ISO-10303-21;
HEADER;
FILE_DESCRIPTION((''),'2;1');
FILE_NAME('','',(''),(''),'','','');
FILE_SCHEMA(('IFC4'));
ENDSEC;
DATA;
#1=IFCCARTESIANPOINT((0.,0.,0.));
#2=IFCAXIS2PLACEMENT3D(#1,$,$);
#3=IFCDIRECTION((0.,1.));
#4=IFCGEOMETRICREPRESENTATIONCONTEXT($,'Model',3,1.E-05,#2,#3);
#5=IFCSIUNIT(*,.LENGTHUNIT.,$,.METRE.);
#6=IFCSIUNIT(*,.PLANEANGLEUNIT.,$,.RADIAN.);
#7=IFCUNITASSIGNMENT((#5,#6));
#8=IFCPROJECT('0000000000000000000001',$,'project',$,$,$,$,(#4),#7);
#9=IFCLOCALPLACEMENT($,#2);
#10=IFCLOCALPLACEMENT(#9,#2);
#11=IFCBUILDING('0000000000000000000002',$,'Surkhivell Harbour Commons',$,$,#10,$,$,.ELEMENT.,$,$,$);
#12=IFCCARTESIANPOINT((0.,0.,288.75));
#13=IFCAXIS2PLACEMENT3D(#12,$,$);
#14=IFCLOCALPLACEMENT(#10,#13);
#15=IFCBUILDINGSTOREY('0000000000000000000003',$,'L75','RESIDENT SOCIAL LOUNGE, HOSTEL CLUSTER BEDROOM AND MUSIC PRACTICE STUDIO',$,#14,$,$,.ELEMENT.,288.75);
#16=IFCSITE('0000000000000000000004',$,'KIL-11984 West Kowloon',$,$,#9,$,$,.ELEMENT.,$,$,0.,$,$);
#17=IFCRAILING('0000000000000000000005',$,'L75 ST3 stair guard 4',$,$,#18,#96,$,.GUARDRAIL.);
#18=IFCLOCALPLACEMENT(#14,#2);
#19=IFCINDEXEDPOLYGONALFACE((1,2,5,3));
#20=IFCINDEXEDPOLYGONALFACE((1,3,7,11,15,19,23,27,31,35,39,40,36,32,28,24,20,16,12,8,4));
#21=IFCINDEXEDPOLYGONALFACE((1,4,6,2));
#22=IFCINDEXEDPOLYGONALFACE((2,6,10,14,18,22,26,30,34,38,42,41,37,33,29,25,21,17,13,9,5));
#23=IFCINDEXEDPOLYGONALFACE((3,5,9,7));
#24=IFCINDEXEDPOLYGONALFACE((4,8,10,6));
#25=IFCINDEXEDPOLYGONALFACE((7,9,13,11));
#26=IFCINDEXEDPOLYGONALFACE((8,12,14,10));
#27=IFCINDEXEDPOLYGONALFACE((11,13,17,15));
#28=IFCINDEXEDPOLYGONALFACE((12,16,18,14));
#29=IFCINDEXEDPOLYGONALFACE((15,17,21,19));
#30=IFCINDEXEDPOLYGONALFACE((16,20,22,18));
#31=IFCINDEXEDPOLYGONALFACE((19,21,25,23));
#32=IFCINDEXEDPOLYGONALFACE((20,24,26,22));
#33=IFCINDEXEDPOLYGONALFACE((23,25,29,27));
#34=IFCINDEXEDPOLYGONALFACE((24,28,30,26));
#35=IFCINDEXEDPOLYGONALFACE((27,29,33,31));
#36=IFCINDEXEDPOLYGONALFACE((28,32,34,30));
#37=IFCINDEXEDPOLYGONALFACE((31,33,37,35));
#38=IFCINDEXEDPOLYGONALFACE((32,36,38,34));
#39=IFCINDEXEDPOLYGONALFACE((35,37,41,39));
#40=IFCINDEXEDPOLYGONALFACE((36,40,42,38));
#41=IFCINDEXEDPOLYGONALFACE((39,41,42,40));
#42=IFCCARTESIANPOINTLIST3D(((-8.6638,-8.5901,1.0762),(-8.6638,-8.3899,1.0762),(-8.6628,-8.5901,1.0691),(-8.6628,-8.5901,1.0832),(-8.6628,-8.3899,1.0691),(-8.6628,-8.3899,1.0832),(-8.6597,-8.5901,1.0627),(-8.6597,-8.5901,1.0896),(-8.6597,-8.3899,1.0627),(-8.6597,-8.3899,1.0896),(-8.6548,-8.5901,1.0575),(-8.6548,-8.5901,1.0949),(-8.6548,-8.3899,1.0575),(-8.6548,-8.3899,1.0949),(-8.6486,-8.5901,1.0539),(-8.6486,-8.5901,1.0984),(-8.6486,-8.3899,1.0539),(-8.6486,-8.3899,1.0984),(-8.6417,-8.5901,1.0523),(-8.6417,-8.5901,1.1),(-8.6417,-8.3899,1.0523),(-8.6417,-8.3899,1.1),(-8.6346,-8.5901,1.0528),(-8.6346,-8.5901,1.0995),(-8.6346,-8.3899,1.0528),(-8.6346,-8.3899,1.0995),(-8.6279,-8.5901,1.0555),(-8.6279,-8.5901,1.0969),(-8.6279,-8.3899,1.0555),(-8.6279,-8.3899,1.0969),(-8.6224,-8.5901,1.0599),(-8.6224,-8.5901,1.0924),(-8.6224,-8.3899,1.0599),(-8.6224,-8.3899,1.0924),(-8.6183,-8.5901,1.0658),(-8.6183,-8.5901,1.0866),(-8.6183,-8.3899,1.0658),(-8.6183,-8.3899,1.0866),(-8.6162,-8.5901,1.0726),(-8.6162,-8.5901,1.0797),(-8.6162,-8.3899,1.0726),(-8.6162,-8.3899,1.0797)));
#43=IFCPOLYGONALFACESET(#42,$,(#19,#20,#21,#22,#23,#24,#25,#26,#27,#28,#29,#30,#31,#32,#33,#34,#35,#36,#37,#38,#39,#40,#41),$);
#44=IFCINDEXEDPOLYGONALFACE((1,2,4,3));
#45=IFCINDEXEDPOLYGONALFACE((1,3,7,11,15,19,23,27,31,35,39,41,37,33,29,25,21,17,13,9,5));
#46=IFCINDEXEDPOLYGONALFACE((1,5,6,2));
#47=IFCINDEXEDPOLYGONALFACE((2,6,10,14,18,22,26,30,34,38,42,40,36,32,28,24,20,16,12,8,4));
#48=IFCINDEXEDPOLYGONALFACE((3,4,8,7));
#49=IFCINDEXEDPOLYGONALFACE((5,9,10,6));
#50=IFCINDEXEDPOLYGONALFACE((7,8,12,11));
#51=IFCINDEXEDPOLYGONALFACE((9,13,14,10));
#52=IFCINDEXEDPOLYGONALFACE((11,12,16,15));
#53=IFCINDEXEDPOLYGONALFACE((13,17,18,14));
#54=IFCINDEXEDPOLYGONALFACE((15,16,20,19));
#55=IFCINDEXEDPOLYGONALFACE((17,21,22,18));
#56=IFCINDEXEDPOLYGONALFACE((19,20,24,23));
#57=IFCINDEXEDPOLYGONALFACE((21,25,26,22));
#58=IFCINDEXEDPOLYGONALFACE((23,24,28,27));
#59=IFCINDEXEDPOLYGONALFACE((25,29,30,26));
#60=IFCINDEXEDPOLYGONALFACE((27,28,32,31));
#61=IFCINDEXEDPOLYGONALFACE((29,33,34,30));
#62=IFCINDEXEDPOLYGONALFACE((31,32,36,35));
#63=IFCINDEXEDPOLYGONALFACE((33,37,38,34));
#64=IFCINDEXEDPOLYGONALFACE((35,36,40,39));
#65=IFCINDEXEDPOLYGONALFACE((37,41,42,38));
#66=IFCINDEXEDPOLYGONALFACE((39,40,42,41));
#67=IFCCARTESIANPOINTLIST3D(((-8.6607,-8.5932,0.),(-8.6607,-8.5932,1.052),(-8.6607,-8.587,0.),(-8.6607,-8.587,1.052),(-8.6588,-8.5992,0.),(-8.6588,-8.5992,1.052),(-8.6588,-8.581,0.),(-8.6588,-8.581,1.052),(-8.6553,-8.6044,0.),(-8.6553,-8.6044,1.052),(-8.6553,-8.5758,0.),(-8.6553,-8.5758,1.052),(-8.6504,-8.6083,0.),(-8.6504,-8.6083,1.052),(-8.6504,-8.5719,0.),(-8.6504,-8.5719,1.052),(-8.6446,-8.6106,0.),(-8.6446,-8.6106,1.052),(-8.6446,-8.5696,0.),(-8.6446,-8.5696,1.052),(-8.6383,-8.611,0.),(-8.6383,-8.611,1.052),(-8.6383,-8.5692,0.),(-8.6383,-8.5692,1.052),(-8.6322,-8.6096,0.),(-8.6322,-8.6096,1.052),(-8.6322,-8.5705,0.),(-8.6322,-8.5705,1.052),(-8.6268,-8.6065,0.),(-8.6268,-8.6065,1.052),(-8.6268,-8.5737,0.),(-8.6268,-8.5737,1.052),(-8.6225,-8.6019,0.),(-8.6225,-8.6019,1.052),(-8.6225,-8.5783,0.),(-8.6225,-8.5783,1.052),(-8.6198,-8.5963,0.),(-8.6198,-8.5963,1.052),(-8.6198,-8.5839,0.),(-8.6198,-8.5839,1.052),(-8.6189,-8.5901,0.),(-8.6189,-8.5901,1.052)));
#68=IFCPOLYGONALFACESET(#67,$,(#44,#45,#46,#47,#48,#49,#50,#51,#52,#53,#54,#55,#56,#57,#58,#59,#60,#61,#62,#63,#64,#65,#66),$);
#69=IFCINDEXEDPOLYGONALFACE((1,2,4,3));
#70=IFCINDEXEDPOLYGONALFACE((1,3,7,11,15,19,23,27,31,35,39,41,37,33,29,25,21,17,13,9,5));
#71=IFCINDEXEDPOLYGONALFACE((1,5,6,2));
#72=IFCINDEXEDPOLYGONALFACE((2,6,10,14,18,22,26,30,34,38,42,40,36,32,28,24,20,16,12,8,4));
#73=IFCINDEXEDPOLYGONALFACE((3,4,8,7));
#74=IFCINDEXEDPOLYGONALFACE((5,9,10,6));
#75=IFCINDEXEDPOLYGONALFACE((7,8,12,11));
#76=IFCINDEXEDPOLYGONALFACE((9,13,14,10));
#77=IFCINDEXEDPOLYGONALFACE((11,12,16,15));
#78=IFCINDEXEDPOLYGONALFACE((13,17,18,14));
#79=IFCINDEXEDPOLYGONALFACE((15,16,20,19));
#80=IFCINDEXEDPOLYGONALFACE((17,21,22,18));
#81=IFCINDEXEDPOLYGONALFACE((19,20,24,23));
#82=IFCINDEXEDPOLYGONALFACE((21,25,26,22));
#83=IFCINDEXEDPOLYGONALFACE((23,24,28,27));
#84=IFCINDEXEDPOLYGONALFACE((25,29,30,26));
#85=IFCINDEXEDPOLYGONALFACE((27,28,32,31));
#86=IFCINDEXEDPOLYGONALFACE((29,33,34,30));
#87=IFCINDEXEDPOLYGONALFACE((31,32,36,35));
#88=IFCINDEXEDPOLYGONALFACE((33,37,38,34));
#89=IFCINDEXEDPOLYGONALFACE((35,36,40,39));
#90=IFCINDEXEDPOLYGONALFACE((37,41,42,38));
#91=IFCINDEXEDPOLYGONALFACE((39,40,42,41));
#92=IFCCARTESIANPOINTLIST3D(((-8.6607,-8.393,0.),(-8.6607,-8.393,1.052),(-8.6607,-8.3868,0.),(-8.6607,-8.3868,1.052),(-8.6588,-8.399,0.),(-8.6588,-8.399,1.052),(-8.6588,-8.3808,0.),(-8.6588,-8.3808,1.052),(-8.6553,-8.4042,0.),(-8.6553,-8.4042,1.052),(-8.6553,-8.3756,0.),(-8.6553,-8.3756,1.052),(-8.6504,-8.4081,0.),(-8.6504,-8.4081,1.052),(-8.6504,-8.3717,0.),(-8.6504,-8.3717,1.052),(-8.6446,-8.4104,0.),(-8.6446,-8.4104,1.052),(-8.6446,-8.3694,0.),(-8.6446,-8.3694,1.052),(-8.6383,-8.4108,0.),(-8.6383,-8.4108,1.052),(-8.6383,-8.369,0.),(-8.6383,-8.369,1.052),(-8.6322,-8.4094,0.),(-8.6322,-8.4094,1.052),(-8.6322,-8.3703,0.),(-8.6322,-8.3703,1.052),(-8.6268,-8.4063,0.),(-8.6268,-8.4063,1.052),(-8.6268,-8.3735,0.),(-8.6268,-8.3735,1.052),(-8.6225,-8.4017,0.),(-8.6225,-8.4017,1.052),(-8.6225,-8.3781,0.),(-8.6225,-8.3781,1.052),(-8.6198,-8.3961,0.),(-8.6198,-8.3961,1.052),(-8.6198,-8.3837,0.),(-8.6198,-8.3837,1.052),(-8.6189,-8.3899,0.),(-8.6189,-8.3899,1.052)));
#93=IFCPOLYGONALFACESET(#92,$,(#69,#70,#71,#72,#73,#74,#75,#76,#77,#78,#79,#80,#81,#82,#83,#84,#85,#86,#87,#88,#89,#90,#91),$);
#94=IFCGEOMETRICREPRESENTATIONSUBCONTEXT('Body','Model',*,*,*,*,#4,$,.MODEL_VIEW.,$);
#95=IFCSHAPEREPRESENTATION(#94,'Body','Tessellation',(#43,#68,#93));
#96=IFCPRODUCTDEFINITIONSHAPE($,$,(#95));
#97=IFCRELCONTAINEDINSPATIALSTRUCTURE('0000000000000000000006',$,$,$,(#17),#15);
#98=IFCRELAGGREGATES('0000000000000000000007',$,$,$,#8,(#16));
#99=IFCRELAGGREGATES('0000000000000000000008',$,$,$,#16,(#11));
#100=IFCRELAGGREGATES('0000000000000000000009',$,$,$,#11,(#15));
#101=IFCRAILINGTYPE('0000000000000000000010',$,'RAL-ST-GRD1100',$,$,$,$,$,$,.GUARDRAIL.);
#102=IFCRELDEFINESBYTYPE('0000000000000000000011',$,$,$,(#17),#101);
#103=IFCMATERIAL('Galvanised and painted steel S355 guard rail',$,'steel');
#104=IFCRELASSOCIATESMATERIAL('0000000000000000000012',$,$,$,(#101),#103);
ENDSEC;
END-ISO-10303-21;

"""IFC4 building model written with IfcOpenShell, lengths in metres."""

from ifc_helpers import new_model, si_unit, direction, frame, origin, origin_2d, place, context, subcontext, project, spatial, circle, extrude, material, type_object, element, save


model = new_model("IFC4")

# Units and contexts
model_context = context("Model", 3, precision=1e-05, world=origin(), true_north=direction((0.0, 1.0)))
body_context = subcontext(model_context, "Body", "Model", "MODEL_VIEW")
ifc_project = project(units=[si_unit("LENGTHUNIT", "METRE"), si_unit("PLANEANGLEUNIT", "RADIAN")], contexts=[model_context])

# Site, building, storey
site_placement = place(None, origin())
site = spatial("IfcSite", under=ifc_project, at=site_placement, Name="KIL-11984 West Kowloon", CompositionType="ELEMENT", RefElevation=0.0)
building_placement = place(site_placement, origin())
building = spatial("IfcBuilding", under=site, at=building_placement, Name="Surkhivell Harbour Commons", CompositionType="ELEMENT")
storey_placement = place(building_placement, frame((0.0, 0.0, 288.75)))
storey = spatial("IfcBuildingStorey", under=building, at=storey_placement, Name="L75", Description="RESIDENT SOCIAL LOUNGE, HOSTEL CLUSTER BEDROOM AND MUSIC PRACTICE STUDIO", CompositionType="ELEMENT", Elevation=288.75)

# Railing
ifc_material_1 = material(Name="Galvanised and painted steel S355 guard rail", Category="steel")
railing_type_1 = type_object("IfcRailingType", Name="RAL-ST-GRD1100", PredefinedType="GUARDRAIL", material=ifc_material_1)
railing_1_placement = place(storey_placement, frame((-8.6399, -8.5901, 0.0)))
element("IfcRailing", 1, at=railing_1_placement, inside=storey, type_object=railing_type_1, Name="L75 ST3 stair guard 4", PredefinedType="GUARDRAIL", context=body_context, shape_type="SweptSolid", body=[
    extrude(circle(Radius=0.0239, at=origin_2d()), frame((0.0, 0.0, 1.0762), z_axis=(0.0, 1.0, 0.0), x_axis=(-1.0, 0.0, 0.0)), (0.0, 0.0, 1.0), 0.2002),
    extrude(circle(Radius=0.021, at=origin_2d()), origin(), (0.0, 0.0, 1.0), 1.052),
    extrude(circle(Radius=0.021, at=origin_2d()), frame((0.0, 0.2002, 0.0)), (0.0, 0.0, 1.0), 1.052),
])

save(model, "model.ifc")
